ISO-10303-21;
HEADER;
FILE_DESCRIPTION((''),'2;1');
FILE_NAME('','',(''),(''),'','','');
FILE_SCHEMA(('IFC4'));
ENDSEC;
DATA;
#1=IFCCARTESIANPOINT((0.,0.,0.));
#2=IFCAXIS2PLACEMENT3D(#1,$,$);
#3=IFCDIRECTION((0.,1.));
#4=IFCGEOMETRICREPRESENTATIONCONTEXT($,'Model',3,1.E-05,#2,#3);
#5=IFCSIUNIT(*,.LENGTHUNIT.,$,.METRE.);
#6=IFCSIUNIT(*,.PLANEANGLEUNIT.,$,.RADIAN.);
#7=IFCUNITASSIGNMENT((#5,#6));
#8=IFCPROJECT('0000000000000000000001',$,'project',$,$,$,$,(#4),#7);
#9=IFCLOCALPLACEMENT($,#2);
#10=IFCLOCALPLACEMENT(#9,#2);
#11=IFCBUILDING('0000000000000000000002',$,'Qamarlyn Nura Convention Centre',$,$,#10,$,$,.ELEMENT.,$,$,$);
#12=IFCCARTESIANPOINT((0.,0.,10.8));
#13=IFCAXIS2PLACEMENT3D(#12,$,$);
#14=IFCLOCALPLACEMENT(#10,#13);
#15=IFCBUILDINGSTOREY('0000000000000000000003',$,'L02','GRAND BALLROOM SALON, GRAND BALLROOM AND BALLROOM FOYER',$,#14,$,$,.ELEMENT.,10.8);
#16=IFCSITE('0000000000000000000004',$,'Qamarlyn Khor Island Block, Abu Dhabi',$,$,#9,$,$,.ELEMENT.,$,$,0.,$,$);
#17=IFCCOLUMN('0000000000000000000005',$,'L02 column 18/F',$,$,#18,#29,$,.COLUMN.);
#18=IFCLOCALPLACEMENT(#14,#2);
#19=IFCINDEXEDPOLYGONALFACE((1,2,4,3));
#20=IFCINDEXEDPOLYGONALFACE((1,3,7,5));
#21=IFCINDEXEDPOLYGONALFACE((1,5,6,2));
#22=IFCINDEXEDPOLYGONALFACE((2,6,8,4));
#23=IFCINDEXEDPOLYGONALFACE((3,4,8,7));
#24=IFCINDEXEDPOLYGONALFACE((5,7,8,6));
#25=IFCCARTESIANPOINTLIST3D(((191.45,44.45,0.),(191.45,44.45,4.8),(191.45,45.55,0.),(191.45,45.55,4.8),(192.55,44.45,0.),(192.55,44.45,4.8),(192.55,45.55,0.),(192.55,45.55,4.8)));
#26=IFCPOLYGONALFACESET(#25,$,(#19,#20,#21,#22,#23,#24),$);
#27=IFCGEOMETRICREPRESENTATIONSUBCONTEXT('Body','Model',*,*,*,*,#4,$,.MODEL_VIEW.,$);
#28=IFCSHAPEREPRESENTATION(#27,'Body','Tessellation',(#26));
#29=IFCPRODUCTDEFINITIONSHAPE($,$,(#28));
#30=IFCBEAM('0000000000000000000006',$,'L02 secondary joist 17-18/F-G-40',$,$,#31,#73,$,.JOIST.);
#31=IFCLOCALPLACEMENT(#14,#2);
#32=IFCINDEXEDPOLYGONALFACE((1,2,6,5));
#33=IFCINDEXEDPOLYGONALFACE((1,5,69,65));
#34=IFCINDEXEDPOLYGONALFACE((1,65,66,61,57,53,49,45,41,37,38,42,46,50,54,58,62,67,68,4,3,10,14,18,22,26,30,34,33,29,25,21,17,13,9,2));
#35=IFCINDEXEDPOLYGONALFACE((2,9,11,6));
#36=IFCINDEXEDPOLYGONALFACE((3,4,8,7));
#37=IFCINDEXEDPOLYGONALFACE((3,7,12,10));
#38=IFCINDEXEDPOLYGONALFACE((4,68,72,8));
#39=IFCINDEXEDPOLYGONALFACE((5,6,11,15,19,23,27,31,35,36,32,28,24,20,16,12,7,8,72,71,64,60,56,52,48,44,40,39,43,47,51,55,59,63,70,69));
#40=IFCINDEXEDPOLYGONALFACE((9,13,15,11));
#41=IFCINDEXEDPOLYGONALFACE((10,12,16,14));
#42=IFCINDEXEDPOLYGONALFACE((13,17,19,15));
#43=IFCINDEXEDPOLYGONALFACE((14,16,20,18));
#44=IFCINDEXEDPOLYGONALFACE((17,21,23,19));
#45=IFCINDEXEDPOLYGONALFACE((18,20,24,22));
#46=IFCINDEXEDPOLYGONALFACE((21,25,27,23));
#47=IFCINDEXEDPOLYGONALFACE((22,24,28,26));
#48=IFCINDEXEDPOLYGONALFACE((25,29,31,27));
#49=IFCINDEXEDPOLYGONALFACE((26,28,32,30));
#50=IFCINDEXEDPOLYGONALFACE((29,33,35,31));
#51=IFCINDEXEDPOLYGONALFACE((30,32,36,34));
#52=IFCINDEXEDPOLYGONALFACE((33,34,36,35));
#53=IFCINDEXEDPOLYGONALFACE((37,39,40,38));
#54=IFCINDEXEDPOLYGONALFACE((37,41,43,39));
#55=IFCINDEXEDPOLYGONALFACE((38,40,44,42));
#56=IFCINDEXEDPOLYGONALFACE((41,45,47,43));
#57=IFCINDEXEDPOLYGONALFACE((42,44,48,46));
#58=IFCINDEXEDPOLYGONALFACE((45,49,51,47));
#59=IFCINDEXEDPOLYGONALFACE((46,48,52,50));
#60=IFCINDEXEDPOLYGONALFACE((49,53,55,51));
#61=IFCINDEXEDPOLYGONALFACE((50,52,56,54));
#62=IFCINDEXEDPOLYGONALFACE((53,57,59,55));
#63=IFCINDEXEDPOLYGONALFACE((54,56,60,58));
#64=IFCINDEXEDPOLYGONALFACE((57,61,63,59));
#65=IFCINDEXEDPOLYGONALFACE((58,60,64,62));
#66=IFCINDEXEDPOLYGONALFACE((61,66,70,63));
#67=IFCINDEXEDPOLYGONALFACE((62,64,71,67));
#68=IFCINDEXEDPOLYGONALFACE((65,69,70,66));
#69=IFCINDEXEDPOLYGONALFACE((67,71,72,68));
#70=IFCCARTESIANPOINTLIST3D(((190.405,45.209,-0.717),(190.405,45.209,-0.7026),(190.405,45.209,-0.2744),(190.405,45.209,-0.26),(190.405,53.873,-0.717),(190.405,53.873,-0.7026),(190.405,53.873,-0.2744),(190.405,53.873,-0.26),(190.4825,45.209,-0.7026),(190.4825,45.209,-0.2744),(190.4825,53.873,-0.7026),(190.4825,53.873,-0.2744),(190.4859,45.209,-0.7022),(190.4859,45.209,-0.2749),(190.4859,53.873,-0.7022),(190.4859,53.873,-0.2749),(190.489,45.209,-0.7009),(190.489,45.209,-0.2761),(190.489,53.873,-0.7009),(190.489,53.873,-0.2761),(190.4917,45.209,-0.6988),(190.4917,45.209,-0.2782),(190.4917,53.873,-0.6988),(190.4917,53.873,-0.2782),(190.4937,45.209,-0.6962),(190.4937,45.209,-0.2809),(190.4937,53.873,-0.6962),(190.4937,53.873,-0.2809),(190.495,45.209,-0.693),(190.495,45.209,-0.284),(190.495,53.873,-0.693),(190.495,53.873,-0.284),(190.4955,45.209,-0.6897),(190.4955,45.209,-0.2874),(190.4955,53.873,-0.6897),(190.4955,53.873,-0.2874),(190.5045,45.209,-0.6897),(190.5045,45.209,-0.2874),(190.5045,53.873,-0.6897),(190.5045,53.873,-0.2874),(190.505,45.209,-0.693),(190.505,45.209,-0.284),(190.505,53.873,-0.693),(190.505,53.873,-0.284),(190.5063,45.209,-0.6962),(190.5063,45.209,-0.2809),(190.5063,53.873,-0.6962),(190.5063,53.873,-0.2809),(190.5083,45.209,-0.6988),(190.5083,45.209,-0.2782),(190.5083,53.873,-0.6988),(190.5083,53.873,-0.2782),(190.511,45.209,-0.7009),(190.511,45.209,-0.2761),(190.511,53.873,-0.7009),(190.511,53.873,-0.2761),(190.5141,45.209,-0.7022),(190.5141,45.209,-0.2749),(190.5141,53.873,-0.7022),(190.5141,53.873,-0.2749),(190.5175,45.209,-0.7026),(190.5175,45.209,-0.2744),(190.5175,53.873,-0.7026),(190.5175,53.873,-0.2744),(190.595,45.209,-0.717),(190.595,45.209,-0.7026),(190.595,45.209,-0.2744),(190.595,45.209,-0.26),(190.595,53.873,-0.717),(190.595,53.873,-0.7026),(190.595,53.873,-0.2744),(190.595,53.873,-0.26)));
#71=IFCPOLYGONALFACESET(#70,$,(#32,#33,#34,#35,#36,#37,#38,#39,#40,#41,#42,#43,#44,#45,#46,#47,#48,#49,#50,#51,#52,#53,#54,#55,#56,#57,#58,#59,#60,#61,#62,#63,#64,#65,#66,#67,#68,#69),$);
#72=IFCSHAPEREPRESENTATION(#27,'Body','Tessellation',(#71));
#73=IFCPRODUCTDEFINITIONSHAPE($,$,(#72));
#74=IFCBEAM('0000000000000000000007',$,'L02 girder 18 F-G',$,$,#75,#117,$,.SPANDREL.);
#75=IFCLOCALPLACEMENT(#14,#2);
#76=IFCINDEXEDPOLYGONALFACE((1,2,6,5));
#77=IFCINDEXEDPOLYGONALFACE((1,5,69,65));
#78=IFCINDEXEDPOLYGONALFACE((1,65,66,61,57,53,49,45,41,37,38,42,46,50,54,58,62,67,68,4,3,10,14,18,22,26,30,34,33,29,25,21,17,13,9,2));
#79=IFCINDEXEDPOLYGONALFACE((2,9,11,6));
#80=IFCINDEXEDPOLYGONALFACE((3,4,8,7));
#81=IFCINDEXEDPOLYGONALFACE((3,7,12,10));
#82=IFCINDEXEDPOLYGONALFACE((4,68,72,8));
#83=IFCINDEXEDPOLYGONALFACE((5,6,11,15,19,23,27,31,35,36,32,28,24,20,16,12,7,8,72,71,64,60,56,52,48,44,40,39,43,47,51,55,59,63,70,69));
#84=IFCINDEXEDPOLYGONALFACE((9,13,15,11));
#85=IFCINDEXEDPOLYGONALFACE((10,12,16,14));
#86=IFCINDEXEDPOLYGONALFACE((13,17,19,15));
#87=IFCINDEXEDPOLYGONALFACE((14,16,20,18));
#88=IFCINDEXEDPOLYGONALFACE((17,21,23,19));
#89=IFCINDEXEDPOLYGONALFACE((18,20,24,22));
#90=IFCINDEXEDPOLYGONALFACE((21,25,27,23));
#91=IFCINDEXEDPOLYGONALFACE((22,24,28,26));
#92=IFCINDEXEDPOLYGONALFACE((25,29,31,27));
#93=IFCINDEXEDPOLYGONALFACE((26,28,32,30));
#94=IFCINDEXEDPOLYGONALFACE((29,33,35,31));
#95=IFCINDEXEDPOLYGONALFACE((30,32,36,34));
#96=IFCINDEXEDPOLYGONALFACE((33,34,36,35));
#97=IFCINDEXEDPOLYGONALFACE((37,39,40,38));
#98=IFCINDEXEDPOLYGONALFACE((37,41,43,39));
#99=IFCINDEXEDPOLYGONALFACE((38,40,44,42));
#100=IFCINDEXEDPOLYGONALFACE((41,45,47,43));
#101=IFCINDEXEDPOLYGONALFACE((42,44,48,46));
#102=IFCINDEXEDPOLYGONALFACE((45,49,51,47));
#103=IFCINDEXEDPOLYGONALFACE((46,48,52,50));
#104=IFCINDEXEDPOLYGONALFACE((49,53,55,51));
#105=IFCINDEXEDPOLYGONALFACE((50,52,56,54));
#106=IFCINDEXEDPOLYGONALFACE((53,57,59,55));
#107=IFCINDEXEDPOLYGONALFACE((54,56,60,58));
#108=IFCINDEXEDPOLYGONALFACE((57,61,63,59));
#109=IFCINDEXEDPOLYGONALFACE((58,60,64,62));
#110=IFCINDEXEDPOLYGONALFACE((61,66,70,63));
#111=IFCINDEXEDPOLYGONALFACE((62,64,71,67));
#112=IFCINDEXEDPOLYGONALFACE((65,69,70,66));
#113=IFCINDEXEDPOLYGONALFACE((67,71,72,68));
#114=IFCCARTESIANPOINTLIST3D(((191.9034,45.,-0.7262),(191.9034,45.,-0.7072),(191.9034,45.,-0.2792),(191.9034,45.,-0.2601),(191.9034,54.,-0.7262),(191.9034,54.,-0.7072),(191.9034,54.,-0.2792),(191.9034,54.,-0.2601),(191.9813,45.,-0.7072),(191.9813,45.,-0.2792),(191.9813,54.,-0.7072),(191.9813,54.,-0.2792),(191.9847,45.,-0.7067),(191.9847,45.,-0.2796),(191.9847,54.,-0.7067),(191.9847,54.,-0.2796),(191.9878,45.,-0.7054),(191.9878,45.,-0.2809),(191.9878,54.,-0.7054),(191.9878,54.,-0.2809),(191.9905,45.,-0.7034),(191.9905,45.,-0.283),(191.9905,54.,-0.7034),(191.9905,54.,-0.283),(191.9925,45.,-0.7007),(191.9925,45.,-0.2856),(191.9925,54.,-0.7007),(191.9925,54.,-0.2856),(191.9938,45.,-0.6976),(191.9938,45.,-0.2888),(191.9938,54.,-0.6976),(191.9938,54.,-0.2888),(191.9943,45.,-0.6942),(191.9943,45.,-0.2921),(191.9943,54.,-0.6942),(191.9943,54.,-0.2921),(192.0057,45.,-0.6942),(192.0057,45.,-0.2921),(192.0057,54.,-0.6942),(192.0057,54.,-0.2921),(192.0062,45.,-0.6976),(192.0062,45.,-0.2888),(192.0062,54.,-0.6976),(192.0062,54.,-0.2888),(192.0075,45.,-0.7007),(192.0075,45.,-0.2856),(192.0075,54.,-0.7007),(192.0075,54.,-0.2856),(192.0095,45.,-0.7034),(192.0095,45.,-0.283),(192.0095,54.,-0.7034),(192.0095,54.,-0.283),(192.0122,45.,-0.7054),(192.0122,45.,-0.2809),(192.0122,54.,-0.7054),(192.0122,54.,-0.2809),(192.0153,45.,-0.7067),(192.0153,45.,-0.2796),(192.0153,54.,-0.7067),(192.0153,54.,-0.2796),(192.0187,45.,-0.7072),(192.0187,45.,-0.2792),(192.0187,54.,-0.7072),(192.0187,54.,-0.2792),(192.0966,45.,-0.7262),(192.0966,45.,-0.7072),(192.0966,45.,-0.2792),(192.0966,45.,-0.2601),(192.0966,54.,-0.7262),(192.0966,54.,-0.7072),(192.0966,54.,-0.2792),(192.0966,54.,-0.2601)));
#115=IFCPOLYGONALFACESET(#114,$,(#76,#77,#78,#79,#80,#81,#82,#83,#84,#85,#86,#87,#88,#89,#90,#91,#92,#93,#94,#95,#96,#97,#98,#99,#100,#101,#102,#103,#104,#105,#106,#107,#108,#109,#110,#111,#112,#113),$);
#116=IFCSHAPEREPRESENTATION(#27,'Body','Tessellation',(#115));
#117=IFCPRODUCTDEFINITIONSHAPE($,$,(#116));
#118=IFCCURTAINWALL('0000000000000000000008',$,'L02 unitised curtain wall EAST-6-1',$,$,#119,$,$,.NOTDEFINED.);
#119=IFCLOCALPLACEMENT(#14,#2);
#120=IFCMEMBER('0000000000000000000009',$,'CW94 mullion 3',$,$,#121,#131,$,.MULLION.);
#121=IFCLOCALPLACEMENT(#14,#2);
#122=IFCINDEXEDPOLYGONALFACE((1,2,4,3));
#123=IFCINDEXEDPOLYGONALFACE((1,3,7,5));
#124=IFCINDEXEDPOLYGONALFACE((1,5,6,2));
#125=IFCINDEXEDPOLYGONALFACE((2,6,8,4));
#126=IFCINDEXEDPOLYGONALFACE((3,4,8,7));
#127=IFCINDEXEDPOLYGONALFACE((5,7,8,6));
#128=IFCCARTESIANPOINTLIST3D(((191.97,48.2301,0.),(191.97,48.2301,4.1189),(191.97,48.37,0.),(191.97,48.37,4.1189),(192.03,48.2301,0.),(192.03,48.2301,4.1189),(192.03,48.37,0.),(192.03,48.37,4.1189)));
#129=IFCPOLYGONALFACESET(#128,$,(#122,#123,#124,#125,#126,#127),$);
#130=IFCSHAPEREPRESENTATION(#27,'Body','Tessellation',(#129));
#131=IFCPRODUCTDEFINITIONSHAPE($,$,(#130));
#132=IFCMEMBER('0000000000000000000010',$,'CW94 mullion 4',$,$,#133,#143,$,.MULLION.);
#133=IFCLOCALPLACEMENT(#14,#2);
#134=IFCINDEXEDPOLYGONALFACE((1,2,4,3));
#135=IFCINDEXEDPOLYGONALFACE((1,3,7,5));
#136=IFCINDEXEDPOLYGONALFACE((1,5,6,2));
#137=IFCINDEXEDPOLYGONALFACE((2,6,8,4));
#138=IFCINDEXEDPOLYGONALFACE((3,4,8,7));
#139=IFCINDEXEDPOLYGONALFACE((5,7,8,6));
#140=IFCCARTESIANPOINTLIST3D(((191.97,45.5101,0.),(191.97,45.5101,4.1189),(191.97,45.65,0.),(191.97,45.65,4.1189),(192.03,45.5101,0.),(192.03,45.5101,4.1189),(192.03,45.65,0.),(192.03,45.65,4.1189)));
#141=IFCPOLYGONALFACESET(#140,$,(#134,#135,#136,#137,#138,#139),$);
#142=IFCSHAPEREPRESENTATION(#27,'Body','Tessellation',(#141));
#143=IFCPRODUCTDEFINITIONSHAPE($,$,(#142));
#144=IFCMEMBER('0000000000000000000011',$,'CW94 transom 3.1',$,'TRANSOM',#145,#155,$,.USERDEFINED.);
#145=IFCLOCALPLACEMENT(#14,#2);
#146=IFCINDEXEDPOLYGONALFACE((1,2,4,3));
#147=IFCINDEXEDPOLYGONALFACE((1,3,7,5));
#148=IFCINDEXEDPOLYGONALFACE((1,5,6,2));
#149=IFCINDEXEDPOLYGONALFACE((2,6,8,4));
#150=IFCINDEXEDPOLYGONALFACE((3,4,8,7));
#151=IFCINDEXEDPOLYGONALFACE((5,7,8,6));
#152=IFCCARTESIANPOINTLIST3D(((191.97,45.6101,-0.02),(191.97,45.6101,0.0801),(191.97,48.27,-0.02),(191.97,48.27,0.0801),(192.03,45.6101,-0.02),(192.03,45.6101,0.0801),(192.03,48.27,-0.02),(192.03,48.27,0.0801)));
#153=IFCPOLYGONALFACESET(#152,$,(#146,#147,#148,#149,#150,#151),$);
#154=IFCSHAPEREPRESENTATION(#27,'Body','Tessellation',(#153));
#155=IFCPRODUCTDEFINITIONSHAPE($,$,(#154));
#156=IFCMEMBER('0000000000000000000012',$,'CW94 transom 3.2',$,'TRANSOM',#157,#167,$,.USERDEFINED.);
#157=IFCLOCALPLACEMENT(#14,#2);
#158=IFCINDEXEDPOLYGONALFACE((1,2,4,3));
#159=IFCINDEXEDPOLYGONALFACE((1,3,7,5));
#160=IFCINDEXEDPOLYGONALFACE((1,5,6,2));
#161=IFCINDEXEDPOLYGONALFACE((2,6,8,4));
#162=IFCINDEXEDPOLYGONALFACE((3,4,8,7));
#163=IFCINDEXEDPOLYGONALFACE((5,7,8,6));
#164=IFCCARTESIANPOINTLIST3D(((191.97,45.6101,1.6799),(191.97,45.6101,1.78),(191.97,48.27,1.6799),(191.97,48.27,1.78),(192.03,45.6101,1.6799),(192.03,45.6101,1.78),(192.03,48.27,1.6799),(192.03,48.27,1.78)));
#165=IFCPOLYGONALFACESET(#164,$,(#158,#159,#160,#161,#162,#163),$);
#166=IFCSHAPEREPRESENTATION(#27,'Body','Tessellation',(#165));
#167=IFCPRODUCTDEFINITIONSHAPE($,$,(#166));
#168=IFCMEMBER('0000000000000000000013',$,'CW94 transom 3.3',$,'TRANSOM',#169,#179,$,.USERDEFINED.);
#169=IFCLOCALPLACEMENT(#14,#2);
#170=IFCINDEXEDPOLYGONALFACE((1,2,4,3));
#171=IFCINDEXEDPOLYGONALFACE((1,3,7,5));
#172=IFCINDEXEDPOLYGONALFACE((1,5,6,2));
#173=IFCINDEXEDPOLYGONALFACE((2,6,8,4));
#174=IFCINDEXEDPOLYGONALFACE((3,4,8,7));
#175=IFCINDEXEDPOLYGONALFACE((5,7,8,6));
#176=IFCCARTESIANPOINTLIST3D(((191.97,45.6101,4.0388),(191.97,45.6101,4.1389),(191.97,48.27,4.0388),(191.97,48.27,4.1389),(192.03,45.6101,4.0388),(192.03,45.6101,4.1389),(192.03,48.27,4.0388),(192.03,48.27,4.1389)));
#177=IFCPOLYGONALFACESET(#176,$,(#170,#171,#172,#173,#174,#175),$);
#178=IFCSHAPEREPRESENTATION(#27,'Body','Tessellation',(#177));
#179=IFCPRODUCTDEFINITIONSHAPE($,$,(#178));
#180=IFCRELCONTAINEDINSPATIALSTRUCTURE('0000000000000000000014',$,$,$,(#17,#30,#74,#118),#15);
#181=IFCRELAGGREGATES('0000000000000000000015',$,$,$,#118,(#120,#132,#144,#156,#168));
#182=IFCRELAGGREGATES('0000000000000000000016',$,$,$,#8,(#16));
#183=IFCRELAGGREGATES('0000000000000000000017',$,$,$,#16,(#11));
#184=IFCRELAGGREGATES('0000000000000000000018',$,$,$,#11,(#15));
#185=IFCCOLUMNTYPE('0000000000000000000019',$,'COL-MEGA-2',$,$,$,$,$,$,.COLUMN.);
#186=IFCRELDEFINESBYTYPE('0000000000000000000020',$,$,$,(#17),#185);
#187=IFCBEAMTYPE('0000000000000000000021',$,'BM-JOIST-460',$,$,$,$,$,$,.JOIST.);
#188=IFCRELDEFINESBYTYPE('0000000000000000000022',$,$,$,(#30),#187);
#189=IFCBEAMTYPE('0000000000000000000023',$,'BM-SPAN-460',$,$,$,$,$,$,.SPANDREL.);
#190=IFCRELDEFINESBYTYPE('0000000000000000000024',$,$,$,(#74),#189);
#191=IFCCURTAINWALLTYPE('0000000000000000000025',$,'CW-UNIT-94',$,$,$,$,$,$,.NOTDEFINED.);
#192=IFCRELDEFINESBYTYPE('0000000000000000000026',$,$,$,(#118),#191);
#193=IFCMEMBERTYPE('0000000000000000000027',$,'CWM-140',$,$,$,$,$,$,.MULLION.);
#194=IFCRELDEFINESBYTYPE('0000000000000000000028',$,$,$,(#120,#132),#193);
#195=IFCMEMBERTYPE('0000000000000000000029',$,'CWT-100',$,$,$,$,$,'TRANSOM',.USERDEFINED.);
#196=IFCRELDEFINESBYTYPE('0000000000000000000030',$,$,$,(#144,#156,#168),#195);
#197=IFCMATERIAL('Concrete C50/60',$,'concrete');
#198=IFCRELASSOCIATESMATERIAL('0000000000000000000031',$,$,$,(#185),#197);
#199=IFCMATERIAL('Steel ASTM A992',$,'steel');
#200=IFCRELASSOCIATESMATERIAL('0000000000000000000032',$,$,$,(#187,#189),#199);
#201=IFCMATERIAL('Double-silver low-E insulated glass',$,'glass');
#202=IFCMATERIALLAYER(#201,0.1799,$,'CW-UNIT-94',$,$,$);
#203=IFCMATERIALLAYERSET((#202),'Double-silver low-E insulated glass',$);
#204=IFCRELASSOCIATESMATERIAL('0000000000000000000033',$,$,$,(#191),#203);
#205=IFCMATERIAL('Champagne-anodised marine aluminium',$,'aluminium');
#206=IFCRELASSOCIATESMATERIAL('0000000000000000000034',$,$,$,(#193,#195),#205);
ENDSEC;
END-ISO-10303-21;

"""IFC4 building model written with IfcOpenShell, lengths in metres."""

from ifc_helpers import new_model, si_unit, direction, frame, origin, origin_2d, place, context, subcontext, project, spatial, rectangle, i_section, extrude, material, layer, layer_set, material_profile, profile_set, type_object, element, aggregate, save


model = new_model("IFC4")

# Units and contexts
model_context = context("Model", 3, precision=1e-05, world=origin(), true_north=direction((0.0, 1.0)))
body_context = subcontext(model_context, "Body", "Model", "MODEL_VIEW")
ifc_project = project(units=[si_unit("LENGTHUNIT", "METRE"), si_unit("PLANEANGLEUNIT", "RADIAN")], contexts=[model_context])

# Site, building, storey
site_placement = place(None, origin())
site = spatial("IfcSite", under=ifc_project, at=site_placement, Name="Qamarlyn Khor Island Block, Abu Dhabi", CompositionType="ELEMENT", RefElevation=0.0)
building_placement = place(site_placement, origin())
building = spatial("IfcBuilding", under=site, at=building_placement, Name="Qamarlyn Nura Convention Centre", CompositionType="ELEMENT")
storey_placement = place(building_placement, frame((0.0, 0.0, 10.8)))
storey = spatial("IfcBuildingStorey", under=building, at=storey_placement, Name="L02", Description="GRAND BALLROOM SALON, GRAND BALLROOM AND BALLROOM FOYER", CompositionType="ELEMENT", Elevation=10.8)

# Column
ifc_material_1 = material(Name="Concrete C50/60", Category="concrete")
ifc_material_profile_1 = material_profile(ifc_material_1, rectangle(XDim=1.1001, YDim=1.1001, at=origin_2d()), Name="RC 1100x1100")
ifc_profile_set_1 = profile_set([ifc_material_profile_1], Name="Concrete C50/60")
column_type = type_object("IfcColumnType", Name="COL-MEGA-2", PredefinedType="COLUMN", material=ifc_profile_set_1)
column_placement = place(storey_placement, frame((192.0, 45.0, 0.0), z_axis=(0.0, 0.0, 1.0), x_axis=(1.0, 0.0, 0.0)))
element("IfcColumn", 1, at=column_placement, inside=storey, type_object=column_type, Name="L02 column 18/F", PredefinedType="COLUMN", context=body_context, shape_type="SweptSolid", body=[
    extrude(rectangle(XDim=1.1001, YDim=1.1001, at=origin_2d()), origin(), (0.0, 0.0, 1.0), 4.8),
])

# Beams
ifc_material_2 = material(Name="Steel ASTM A992", Category="steel")
ifc_material_profile_2 = material_profile(ifc_material_2, i_section(OverallWidth=0.1899, OverallDepth=0.457, WebThickness=0.009, FlangeThickness=0.0144, FilletRadius=0.0129, at=origin_2d()), Name="W460X74")
ifc_profile_set_2 = profile_set([ifc_material_profile_2], Name="Steel ASTM A992")
beam_type_1 = type_object("IfcBeamType", Name="BM-JOIST-460", PredefinedType="JOIST", material=ifc_profile_set_2)
beam_1_placement = place(storey_placement, frame((190.5, 45.209, -0.4885), z_axis=(0.0, 1.0, 0.0), x_axis=(-1.0, 0.0, 0.0)))
element("IfcBeam", 2, at=beam_1_placement, inside=storey, type_object=beam_type_1, Name="L02 secondary joist 17-18/F-G-40", PredefinedType="JOIST", context=body_context, shape_type="SweptSolid", body=[
    extrude(i_section(OverallWidth=0.1899, OverallDepth=0.457, WebThickness=0.009, FlangeThickness=0.0144, FilletRadius=0.0129, at=origin_2d()), origin(), (0.0, 0.0, 1.0), 8.6641),
])
ifc_material_profile_3 = material_profile(ifc_material_2, i_section(OverallWidth=0.1931, OverallDepth=0.4661, WebThickness=0.0115, FlangeThickness=0.019, FilletRadius=0.0129, at=origin_2d()), Name="W460X97")
ifc_profile_set_3 = profile_set([ifc_material_profile_3], Name="Steel ASTM A992")
beam_type_2 = type_object("IfcBeamType", Name="BM-SPAN-460", PredefinedType="SPANDREL", material=ifc_profile_set_3)
beam_2_placement = place(storey_placement, frame((192.0, 45.0, -0.4932), z_axis=(0.0, 1.0, 0.0), x_axis=(-1.0, 0.0, 0.0)))
element("IfcBeam", 3, at=beam_2_placement, inside=storey, type_object=beam_type_2, Name="L02 girder 18 F-G", PredefinedType="SPANDREL", context=body_context, shape_type="SweptSolid", body=[
    extrude(i_section(OverallWidth=0.1931, OverallDepth=0.4661, WebThickness=0.0115, FlangeThickness=0.019, FilletRadius=0.0129, at=origin_2d()), origin(), (0.0, 0.0, 1.0), 9.0),
])

# Curtain wall, members
ifc_material_3 = material(Name="Double-silver low-E insulated glass", Category="glass")
ifc_layer_1 = layer(ifc_material_3, 0.1799, Name="CW-UNIT-94")
ifc_layer_set_1 = layer_set([ifc_layer_1], Name="Double-silver low-E insulated glass")
curtain_wall_type = type_object("IfcCurtainWallType", Name="CW-UNIT-94", PredefinedType="NOTDEFINED", material=ifc_layer_set_1)
curtain_wall_placement = place(storey_placement, origin())
curtain_wall = element("IfcCurtainWall", 4, at=curtain_wall_placement, inside=storey, type_object=curtain_wall_type, Name="L02 unitised curtain wall EAST-6-1", PredefinedType="NOTDEFINED")
ifc_material_4 = material(Name="Champagne-anodised marine aluminium", Category="aluminium")
ifc_material_profile_4 = material_profile(ifc_material_4, rectangle(XDim=0.0601, YDim=0.1399, at=origin_2d()), Name="ALU MULLION 60x140")
ifc_profile_set_4 = profile_set([ifc_material_profile_4], Name="Champagne-anodised marine aluminium")
member_type_1 = type_object("IfcMemberType", Name="CWM-140", PredefinedType="MULLION", material=ifc_profile_set_4)
member_1_placement = place(storey_placement, frame((192.0, 48.3, 0.0), z_axis=(0.0, 0.0, 1.0), x_axis=(1.0, 0.0, 0.0)))
member_1 = element("IfcMember", 5, at=member_1_placement, type_object=member_type_1, Name="CW94 mullion 3", PredefinedType="MULLION", context=body_context, shape_type="SweptSolid", body=[
    extrude(rectangle(XDim=0.0601, YDim=0.1399, at=origin_2d()), origin(), (0.0, 0.0, 1.0), 4.1189),
])
member_2_placement = place(storey_placement, frame((192.0, 45.5801, 0.0), z_axis=(0.0, 0.0, 1.0), x_axis=(1.0, 0.0, 0.0)))
member_2 = element("IfcMember", 6, at=member_2_placement, type_object=member_type_1, Name="CW94 mullion 4", PredefinedType="MULLION", context=body_context, shape_type="SweptSolid", body=[
    extrude(rectangle(XDim=0.0601, YDim=0.1399, at=origin_2d()), origin(), (0.0, 0.0, 1.0), 4.1189),
])
ifc_material_profile_5 = material_profile(ifc_material_4, rectangle(XDim=0.0601, YDim=0.1001, at=origin_2d()), Name="ALU TRANSOM 60x100")
ifc_profile_set_5 = profile_set([ifc_material_profile_5], Name="Champagne-anodised marine aluminium")
member_type_2 = type_object("IfcMemberType", Name="CWT-100", ElementType="TRANSOM", PredefinedType="USERDEFINED", material=ifc_profile_set_5)
member_3_placement = place(storey_placement, frame((192.0, 48.27, 0.03), z_axis=(0.0, -1.0, 0.0), x_axis=(1.0, 0.0, 0.0)))
member_3 = element("IfcMember", 7, at=member_3_placement, type_object=member_type_2, Name="CW94 transom 3.1", ObjectType="TRANSOM", PredefinedType="USERDEFINED", context=body_context, shape_type="SweptSolid", body=[
    extrude(rectangle(XDim=0.0601, YDim=0.1001, at=origin_2d()), origin(), (0.0, 0.0, 1.0), 2.6599),
])
member_4_placement = place(storey_placement, frame((192.0, 48.27, 1.73), z_axis=(0.0, -1.0, 0.0), x_axis=(1.0, 0.0, 0.0)))
member_4 = element("IfcMember", 8, at=member_4_placement, type_object=member_type_2, Name="CW94 transom 3.2", ObjectType="TRANSOM", PredefinedType="USERDEFINED", context=body_context, shape_type="SweptSolid", body=[
    extrude(rectangle(XDim=0.0601, YDim=0.1001, at=origin_2d()), origin(), (0.0, 0.0, 1.0), 2.6599),
])
member_5_placement = place(storey_placement, frame((192.0, 48.27, 4.0889), z_axis=(0.0, -1.0, 0.0), x_axis=(1.0, 0.0, 0.0)))
member_5 = element("IfcMember", 9, at=member_5_placement, type_object=member_type_2, Name="CW94 transom 3.3", ObjectType="TRANSOM", PredefinedType="USERDEFINED", context=body_context, shape_type="SweptSolid", body=[
    extrude(rectangle(XDim=0.0601, YDim=0.1001, at=origin_2d()), origin(), (0.0, 0.0, 1.0), 2.6599),
])

aggregate(curtain_wall, [member_1, member_2, member_3, member_4, member_5])

save(model, "model.ifc")
